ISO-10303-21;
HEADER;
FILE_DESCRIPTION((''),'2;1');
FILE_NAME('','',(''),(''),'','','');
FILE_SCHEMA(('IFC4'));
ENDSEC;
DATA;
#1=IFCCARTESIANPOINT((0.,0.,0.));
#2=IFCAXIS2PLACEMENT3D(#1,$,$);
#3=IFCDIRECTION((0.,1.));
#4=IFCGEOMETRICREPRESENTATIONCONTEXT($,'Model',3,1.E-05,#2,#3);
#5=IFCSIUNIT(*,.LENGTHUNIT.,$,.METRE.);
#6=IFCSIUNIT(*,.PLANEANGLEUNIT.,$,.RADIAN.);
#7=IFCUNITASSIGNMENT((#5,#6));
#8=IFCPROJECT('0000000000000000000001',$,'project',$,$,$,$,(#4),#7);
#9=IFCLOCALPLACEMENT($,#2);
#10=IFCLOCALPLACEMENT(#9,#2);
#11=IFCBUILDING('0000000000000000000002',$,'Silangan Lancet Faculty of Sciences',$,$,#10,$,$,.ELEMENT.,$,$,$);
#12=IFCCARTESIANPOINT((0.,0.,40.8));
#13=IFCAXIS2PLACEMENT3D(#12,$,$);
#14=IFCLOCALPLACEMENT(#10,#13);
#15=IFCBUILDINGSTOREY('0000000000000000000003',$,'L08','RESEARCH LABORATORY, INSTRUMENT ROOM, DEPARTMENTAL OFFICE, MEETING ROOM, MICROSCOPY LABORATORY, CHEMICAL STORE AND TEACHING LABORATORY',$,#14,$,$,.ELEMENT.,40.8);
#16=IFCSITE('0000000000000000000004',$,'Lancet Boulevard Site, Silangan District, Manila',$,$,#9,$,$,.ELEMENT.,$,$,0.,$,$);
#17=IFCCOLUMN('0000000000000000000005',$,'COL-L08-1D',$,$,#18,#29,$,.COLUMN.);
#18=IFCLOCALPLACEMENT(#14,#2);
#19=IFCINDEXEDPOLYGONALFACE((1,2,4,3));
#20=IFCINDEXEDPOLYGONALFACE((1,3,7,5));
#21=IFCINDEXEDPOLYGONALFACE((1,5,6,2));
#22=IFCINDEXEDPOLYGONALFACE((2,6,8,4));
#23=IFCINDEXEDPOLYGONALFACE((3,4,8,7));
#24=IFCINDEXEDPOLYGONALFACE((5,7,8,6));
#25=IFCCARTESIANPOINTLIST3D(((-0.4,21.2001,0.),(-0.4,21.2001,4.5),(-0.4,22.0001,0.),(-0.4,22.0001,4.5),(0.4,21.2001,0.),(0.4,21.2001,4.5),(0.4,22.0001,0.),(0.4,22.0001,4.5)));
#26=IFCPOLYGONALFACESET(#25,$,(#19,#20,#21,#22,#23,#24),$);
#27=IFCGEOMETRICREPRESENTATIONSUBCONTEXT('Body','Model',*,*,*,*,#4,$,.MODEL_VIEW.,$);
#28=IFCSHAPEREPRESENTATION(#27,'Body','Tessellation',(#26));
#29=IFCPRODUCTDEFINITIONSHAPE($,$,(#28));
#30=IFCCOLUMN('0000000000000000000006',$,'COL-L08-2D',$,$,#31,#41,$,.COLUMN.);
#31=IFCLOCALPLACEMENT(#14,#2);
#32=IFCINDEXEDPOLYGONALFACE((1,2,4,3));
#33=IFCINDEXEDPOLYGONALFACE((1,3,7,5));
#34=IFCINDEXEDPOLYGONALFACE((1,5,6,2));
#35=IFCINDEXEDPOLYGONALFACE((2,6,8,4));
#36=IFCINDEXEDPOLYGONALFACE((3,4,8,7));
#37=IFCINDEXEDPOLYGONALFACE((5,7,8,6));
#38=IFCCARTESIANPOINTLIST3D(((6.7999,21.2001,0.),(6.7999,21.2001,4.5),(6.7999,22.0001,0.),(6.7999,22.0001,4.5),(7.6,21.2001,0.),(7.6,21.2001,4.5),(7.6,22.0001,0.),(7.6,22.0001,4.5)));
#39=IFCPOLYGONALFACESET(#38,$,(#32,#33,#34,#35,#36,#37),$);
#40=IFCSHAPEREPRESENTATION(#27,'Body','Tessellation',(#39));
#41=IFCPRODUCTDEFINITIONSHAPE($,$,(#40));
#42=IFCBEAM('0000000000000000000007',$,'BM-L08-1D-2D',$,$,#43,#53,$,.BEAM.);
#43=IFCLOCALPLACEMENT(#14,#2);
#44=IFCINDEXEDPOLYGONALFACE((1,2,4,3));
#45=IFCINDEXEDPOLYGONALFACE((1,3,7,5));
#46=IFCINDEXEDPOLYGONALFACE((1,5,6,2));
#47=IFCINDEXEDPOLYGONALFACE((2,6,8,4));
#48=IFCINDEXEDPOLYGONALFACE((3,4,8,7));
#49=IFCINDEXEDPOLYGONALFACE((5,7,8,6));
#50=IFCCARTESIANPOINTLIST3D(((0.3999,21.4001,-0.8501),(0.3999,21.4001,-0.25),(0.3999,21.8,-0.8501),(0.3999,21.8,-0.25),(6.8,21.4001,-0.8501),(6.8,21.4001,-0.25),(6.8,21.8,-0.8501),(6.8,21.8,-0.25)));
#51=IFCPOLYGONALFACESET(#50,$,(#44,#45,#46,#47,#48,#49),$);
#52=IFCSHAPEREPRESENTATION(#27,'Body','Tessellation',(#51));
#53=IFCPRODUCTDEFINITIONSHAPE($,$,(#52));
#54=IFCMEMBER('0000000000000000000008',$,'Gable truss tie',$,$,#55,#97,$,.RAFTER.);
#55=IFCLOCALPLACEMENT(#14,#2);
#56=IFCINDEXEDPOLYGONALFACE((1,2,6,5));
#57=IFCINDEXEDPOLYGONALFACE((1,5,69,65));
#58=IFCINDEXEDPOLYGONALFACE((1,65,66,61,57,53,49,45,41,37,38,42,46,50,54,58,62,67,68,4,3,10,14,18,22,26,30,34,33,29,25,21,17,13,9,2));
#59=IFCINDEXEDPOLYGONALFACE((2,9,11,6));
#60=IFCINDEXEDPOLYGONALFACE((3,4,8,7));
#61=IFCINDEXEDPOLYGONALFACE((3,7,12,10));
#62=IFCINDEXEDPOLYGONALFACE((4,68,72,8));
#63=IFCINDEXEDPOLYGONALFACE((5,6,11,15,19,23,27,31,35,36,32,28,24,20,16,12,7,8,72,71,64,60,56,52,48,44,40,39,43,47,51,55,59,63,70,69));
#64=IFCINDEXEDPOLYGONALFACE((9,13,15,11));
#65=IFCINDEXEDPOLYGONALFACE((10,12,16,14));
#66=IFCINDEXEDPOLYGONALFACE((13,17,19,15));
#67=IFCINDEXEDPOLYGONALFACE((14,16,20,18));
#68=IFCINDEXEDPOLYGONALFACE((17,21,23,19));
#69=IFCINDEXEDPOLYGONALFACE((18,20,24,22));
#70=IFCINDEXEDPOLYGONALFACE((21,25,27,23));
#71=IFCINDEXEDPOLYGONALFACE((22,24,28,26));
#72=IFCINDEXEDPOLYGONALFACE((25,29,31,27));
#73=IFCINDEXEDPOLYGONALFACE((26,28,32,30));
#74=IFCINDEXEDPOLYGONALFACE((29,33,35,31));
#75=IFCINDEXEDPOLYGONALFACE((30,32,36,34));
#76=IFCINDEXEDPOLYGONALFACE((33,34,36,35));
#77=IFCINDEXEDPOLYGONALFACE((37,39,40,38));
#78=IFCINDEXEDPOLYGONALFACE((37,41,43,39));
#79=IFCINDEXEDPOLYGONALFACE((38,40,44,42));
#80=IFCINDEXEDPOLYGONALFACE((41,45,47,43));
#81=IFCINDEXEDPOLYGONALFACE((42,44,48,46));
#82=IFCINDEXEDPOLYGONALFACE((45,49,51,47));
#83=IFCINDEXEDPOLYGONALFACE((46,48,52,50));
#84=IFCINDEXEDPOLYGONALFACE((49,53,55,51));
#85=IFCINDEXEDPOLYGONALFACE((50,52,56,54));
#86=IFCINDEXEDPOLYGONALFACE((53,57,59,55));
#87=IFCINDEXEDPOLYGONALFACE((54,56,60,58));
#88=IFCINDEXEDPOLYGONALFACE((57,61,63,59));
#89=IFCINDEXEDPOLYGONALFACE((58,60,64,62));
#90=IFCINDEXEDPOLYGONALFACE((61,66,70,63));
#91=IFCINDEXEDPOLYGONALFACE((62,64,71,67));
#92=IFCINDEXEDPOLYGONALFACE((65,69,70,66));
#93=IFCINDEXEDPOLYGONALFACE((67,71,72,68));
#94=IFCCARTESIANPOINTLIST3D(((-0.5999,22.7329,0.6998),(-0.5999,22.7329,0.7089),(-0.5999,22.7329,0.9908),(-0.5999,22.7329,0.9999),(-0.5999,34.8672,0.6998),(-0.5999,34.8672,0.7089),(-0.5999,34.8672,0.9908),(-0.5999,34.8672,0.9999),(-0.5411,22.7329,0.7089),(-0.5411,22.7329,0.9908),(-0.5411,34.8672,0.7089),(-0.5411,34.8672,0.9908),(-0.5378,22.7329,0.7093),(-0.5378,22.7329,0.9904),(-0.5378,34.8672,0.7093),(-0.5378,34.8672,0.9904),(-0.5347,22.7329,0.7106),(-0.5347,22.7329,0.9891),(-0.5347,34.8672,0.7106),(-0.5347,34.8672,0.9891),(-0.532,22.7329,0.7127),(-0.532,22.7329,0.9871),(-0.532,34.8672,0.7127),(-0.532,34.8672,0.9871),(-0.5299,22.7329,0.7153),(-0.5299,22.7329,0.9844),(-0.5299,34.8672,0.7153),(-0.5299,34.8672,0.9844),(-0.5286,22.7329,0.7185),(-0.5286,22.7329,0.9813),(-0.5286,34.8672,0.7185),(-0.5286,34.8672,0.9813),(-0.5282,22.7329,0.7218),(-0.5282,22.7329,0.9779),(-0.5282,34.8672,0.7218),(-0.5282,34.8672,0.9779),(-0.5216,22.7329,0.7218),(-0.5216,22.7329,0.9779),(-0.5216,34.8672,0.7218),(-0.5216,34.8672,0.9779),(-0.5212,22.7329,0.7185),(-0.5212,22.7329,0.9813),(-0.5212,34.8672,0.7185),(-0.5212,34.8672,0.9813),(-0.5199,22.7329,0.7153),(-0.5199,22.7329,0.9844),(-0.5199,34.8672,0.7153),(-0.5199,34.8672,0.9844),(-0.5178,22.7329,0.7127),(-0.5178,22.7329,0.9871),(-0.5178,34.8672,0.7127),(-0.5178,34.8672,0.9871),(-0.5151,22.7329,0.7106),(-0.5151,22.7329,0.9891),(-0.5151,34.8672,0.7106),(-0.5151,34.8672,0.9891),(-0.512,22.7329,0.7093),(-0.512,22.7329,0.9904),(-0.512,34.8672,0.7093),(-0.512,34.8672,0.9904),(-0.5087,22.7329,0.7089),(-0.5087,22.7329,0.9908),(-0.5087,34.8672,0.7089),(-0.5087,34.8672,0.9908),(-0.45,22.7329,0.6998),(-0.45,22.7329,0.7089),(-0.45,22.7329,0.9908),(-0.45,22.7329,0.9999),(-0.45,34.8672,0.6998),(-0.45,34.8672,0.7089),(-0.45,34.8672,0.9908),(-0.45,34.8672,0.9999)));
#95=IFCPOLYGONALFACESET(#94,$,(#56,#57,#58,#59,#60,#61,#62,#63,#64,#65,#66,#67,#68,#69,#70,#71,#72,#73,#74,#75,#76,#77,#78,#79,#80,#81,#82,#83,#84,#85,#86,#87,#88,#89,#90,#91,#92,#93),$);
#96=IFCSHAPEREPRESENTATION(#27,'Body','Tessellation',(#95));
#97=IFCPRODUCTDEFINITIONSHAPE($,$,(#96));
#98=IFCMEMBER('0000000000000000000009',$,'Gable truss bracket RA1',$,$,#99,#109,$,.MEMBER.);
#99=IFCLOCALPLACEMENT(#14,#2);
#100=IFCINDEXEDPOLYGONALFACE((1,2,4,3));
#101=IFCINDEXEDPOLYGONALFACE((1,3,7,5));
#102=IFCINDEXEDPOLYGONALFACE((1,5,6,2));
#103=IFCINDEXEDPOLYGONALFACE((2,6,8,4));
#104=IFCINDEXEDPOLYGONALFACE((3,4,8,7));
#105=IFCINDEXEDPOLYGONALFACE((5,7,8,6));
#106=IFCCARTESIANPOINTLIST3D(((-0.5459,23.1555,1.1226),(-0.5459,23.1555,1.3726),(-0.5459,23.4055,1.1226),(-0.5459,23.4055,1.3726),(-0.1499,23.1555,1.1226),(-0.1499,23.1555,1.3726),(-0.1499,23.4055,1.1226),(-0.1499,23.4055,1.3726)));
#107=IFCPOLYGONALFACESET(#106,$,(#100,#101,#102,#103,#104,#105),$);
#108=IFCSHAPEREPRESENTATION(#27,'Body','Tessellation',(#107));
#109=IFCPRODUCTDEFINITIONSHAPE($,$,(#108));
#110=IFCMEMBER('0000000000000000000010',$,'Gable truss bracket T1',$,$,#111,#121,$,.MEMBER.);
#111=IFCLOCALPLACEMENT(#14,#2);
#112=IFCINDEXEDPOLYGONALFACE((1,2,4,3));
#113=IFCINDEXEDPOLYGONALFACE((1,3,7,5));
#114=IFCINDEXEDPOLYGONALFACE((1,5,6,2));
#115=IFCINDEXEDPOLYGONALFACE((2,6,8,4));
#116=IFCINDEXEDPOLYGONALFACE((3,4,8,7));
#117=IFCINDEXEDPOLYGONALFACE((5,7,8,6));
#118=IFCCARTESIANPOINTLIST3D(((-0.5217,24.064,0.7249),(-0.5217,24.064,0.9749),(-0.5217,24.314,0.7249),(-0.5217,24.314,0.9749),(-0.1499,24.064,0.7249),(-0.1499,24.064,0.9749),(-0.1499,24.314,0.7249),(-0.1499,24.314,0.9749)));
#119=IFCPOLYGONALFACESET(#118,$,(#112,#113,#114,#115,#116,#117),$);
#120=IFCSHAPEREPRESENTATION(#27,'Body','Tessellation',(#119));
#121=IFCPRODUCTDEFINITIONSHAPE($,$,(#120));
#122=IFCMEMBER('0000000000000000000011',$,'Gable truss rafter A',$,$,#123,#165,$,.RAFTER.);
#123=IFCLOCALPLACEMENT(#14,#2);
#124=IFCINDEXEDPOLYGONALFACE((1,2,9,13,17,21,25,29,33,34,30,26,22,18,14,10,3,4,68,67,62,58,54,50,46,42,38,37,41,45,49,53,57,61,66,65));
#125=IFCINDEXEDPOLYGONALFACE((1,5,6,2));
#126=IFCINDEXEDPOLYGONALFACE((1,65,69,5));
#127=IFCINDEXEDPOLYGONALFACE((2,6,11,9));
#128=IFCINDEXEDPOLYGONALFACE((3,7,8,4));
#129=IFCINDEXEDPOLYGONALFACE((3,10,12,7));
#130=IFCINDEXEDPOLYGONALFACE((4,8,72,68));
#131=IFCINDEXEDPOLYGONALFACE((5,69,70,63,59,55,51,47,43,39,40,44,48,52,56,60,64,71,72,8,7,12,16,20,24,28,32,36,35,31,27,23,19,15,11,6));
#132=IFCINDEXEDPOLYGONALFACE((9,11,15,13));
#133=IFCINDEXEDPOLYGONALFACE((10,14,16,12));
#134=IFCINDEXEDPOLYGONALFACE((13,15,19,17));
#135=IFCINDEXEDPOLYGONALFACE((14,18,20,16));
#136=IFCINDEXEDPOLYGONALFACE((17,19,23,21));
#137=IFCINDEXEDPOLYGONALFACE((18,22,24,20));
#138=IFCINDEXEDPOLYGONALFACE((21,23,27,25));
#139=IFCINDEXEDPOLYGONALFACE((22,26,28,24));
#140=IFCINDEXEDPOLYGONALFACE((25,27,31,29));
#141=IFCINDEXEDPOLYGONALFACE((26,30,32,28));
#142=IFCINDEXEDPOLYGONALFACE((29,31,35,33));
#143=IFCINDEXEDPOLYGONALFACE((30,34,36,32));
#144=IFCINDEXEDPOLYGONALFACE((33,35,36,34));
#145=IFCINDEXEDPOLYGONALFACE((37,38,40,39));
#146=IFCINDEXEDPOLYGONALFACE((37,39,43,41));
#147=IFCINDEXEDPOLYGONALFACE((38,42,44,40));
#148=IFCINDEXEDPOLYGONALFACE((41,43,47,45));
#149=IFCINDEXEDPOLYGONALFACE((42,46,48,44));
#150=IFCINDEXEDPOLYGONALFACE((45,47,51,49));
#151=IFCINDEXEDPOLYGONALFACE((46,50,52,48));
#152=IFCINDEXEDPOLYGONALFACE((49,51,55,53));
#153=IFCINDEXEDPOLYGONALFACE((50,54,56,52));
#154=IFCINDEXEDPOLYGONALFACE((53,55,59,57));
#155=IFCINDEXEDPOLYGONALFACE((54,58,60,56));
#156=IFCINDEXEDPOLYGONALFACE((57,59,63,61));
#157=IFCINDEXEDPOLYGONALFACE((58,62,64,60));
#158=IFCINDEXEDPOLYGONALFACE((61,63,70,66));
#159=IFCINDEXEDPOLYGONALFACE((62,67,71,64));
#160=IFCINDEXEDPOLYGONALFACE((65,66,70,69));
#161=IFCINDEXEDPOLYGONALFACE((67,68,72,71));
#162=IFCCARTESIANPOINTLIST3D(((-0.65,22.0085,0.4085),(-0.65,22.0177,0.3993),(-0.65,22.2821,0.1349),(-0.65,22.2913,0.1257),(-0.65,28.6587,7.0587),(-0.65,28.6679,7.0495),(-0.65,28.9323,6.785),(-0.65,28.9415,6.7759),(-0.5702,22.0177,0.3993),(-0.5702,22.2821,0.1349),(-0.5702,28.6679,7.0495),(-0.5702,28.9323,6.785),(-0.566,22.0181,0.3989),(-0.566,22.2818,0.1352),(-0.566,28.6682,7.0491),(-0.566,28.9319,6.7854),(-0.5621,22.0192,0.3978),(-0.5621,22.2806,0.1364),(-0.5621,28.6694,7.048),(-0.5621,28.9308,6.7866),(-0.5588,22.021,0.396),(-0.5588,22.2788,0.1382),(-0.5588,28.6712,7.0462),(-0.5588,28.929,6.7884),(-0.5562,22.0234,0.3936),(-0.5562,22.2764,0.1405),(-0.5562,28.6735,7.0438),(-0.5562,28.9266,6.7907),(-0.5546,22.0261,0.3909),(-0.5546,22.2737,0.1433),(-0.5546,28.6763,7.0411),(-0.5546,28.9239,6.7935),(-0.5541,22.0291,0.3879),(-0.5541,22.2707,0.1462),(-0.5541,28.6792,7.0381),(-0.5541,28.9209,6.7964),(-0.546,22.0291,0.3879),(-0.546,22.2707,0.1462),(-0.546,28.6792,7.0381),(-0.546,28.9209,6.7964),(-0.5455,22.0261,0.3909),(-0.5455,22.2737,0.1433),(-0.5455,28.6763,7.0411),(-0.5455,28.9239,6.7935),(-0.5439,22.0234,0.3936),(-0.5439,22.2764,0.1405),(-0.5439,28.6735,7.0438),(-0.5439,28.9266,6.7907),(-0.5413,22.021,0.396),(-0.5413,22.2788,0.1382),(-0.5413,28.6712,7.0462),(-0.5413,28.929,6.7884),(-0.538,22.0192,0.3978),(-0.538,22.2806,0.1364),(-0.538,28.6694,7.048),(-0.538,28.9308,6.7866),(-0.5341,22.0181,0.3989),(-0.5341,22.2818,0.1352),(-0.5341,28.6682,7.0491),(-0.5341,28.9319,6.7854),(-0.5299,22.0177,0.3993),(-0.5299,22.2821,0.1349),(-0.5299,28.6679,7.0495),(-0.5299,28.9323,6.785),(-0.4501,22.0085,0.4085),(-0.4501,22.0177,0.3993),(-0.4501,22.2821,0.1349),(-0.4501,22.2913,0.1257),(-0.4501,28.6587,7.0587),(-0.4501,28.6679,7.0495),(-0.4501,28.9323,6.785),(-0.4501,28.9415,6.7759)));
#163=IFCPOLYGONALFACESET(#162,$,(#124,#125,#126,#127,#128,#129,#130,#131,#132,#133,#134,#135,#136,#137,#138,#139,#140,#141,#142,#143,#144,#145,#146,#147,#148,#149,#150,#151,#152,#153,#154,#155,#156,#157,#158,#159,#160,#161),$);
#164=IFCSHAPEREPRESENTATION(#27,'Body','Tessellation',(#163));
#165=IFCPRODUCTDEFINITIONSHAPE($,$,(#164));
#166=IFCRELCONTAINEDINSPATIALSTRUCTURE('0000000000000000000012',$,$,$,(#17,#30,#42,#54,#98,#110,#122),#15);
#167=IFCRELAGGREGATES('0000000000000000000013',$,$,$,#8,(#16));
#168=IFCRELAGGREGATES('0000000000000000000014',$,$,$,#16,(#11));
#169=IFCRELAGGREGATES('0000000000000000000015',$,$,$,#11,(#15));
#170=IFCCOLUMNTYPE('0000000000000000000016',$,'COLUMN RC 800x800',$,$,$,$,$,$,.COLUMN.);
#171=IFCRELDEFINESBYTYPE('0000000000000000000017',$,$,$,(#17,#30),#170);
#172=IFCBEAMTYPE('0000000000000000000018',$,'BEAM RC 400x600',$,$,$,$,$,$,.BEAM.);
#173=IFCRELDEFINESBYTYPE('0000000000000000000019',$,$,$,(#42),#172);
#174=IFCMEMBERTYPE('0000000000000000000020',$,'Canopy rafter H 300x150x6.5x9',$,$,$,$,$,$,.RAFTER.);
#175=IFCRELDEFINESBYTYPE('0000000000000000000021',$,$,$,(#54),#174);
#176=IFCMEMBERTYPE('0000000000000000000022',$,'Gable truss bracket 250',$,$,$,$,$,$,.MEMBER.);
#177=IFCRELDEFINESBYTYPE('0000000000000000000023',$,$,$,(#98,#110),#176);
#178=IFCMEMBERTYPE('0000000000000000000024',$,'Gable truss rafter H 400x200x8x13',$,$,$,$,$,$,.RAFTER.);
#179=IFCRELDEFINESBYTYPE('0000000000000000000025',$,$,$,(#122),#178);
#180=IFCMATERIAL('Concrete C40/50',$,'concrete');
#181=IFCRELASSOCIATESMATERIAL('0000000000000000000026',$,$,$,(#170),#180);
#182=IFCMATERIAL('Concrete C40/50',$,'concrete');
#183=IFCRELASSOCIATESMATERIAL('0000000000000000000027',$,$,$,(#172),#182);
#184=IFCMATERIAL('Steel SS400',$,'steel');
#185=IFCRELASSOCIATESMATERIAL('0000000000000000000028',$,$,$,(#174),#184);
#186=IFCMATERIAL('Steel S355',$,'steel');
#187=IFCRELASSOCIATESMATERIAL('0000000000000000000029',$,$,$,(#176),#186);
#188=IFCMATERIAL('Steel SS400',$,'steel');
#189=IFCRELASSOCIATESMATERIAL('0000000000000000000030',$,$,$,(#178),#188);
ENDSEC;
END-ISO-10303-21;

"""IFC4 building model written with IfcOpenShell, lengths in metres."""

from ifc_helpers import new_model, si_unit, direction, frame, origin, origin_2d, place, context, subcontext, project, spatial, rectangle, i_section, extrude, material, material_profile, profile_set, type_object, element, save


model = new_model("IFC4")

# Units and contexts
model_context = context("Model", 3, precision=1e-05, world=origin(), true_north=direction((0.0, 1.0)))
body_context = subcontext(model_context, "Body", "Model", "MODEL_VIEW")
ifc_project = project(units=[si_unit("LENGTHUNIT", "METRE"), si_unit("PLANEANGLEUNIT", "RADIAN")], contexts=[model_context])

# Site, building, storey
site_placement = place(None, origin())
site = spatial("IfcSite", under=ifc_project, at=site_placement, Name="Lancet Boulevard Site, Silangan District, Manila", CompositionType="ELEMENT", RefElevation=0.0)
building_placement = place(site_placement, origin())
building = spatial("IfcBuilding", under=site, at=building_placement, Name="Silangan Lancet Faculty of Sciences", CompositionType="ELEMENT")
storey_placement = place(building_placement, frame((0.0, 0.0, 40.8)))
storey = spatial("IfcBuildingStorey", under=building, at=storey_placement, Name="L08", Description="RESEARCH LABORATORY, INSTRUMENT ROOM, DEPARTMENTAL OFFICE, MEETING ROOM, MICROSCOPY LABORATORY, CHEMICAL STORE AND TEACHING LABORATORY", CompositionType="ELEMENT", Elevation=40.8)

# Columns
ifc_material_1 = material(Name="Concrete C40/50", Category="concrete")
ifc_material_profile_1 = material_profile(ifc_material_1, rectangle(XDim=0.8, YDim=0.8, at=origin_2d()), Name="RC 800x800")
ifc_profile_set_1 = profile_set([ifc_material_profile_1], Name="Concrete C40/50")
column_type = type_object("IfcColumnType", Name="COLUMN RC 800x800", PredefinedType="COLUMN", material=ifc_profile_set_1)
for number, where, z_axis, x_axis, name in (
    (1, (0.0, 21.6001, 0.0), (0.0, 0.0, 1.0), (1.0, 0.0, 0.0), "COL-L08-1D"),
    (2, (7.2, 21.6001, 0.0), (0.0, 0.0, 1.0), (1.0, 0.0, 0.0), "COL-L08-2D"),
):
    element("IfcColumn", number, at=place(storey_placement, frame(where, z_axis=z_axis, x_axis=x_axis)), inside=storey, type_object=column_type, Name=name, PredefinedType="COLUMN", context=body_context, shape_type="SweptSolid", body=[
        extrude(rectangle(XDim=0.8, YDim=0.8, at=origin_2d()), origin(), (0.0, 0.0, 1.0), 4.5),
    ])

# Beam
ifc_material_2 = material(Name="Concrete C40/50", Category="concrete")
ifc_material_profile_2 = material_profile(ifc_material_2, rectangle(XDim=0.3999, YDim=0.6001, at=origin_2d()), Name="RC 400x600")
ifc_profile_set_2 = profile_set([ifc_material_profile_2], Name="Concrete C40/50")
beam_type = type_object("IfcBeamType", Name="BEAM RC 400x600", PredefinedType="BEAM", material=ifc_profile_set_2)
beam_placement = place(storey_placement, frame((0.3999, 21.6001, -0.55), z_axis=(1.0, 0.0, 0.0), x_axis=(0.0, 1.0, 0.0)))
element("IfcBeam", 3, at=beam_placement, inside=storey, type_object=beam_type, Name="BM-L08-1D-2D", PredefinedType="BEAM", context=body_context, shape_type="SweptSolid", body=[
    extrude(rectangle(XDim=0.3999, YDim=0.6001, at=origin_2d()), origin(), (0.0, 0.0, 1.0), 6.4001),
])

# Members
ifc_material_3 = material(Name="Steel SS400", Category="steel")
ifc_material_profile_3 = material_profile(ifc_material_3, i_section(OverallWidth=0.1499, OverallDepth=0.3, WebThickness=0.0066, FlangeThickness=0.009, FilletRadius=0.0129, at=origin_2d()), Name="H 300x150x6.5x9")
ifc_profile_set_3 = profile_set([ifc_material_profile_3], Name="Steel SS400")
member_type_1 = type_object("IfcMemberType", Name="Canopy rafter H 300x150x6.5x9", PredefinedType="RAFTER", material=ifc_profile_set_3)
member_1_placement = place(storey_placement, frame((-0.5249, 22.7329, 0.8499), z_axis=(0.0, 1.0, 0.0), x_axis=(-1.0, 0.0, 0.0)))
element("IfcMember", 4, at=member_1_placement, inside=storey, type_object=member_type_1, Name="Gable truss tie", PredefinedType="RAFTER", context=body_context, shape_type="SweptSolid", body=[
    extrude(i_section(OverallWidth=0.1499, OverallDepth=0.3, WebThickness=0.0066, FlangeThickness=0.009, FilletRadius=0.0129, at=origin_2d()), origin(), (0.0, 0.0, 1.0), 12.1343),
])
ifc_material_4 = material(Name="Steel S355", Category="steel")
ifc_material_profile_4 = material_profile(ifc_material_4, rectangle(XDim=0.25, YDim=0.25, at=origin_2d()), Name="steel 250x250")
ifc_profile_set_4 = profile_set([ifc_material_profile_4], Name="Steel S355")
member_type_2 = type_object("IfcMemberType", Name="Gable truss bracket 250", PredefinedType="MEMBER", material=ifc_profile_set_4)
member_2_placement = place(storey_placement, frame((-0.1499, 23.2805, 1.2476), z_axis=(-1.0, 0.0, 0.0), x_axis=(0.0, -1.0, 0.0)))
element("IfcMember", 5, at=member_2_placement, inside=storey, type_object=member_type_2, Name="Gable truss bracket RA1", PredefinedType="MEMBER", context=body_context, shape_type="SweptSolid", body=[
    extrude(rectangle(XDim=0.25, YDim=0.25, at=origin_2d()), origin(), (0.0, 0.0, 1.0), 0.396),
])
member_3_placement = place(storey_placement, frame((-0.1499, 24.189, 0.8499), z_axis=(-1.0, 0.0, 0.0), x_axis=(0.0, -1.0, 0.0)))
element("IfcMember", 6, at=member_3_placement, inside=storey, type_object=member_type_2, Name="Gable truss bracket T1", PredefinedType="MEMBER", context=body_context, shape_type="SweptSolid", body=[
    extrude(rectangle(XDim=0.25, YDim=0.25, at=origin_2d()), origin(), (0.0, 0.0, 1.0), 0.3718),
])
ifc_material_5 = material(Name="Steel SS400", Category="steel")
ifc_material_profile_5 = material_profile(ifc_material_5, i_section(OverallWidth=0.2, OverallDepth=0.3999, WebThickness=0.0081, FlangeThickness=0.0129, FilletRadius=0.0161, at=origin_2d()), Name="H 400x200x8x13")
ifc_profile_set_5 = profile_set([ifc_material_profile_5], Name="Steel SS400")
member_type_3 = type_object("IfcMemberType", Name="Gable truss rafter H 400x200x8x13", PredefinedType="RAFTER", material=ifc_profile_set_5)
member_4_placement = place(storey_placement, frame((-0.55, 22.1499, 0.2671), z_axis=(0.0, 0.707107, 0.707107), x_axis=(-1.0, 0.0, 0.0)))
element("IfcMember", 7, at=member_4_placement, inside=storey, type_object=member_type_3, Name="Gable truss rafter A", PredefinedType="RAFTER", context=body_context, shape_type="SweptSolid", body=[
    extrude(i_section(OverallWidth=0.2, OverallDepth=0.3999, WebThickness=0.0081, FlangeThickness=0.0129, FilletRadius=0.0161, at=origin_2d()), origin(), (0.0, 0.0, 1.0), 9.4048),
])

save(model, "model.ifc")
